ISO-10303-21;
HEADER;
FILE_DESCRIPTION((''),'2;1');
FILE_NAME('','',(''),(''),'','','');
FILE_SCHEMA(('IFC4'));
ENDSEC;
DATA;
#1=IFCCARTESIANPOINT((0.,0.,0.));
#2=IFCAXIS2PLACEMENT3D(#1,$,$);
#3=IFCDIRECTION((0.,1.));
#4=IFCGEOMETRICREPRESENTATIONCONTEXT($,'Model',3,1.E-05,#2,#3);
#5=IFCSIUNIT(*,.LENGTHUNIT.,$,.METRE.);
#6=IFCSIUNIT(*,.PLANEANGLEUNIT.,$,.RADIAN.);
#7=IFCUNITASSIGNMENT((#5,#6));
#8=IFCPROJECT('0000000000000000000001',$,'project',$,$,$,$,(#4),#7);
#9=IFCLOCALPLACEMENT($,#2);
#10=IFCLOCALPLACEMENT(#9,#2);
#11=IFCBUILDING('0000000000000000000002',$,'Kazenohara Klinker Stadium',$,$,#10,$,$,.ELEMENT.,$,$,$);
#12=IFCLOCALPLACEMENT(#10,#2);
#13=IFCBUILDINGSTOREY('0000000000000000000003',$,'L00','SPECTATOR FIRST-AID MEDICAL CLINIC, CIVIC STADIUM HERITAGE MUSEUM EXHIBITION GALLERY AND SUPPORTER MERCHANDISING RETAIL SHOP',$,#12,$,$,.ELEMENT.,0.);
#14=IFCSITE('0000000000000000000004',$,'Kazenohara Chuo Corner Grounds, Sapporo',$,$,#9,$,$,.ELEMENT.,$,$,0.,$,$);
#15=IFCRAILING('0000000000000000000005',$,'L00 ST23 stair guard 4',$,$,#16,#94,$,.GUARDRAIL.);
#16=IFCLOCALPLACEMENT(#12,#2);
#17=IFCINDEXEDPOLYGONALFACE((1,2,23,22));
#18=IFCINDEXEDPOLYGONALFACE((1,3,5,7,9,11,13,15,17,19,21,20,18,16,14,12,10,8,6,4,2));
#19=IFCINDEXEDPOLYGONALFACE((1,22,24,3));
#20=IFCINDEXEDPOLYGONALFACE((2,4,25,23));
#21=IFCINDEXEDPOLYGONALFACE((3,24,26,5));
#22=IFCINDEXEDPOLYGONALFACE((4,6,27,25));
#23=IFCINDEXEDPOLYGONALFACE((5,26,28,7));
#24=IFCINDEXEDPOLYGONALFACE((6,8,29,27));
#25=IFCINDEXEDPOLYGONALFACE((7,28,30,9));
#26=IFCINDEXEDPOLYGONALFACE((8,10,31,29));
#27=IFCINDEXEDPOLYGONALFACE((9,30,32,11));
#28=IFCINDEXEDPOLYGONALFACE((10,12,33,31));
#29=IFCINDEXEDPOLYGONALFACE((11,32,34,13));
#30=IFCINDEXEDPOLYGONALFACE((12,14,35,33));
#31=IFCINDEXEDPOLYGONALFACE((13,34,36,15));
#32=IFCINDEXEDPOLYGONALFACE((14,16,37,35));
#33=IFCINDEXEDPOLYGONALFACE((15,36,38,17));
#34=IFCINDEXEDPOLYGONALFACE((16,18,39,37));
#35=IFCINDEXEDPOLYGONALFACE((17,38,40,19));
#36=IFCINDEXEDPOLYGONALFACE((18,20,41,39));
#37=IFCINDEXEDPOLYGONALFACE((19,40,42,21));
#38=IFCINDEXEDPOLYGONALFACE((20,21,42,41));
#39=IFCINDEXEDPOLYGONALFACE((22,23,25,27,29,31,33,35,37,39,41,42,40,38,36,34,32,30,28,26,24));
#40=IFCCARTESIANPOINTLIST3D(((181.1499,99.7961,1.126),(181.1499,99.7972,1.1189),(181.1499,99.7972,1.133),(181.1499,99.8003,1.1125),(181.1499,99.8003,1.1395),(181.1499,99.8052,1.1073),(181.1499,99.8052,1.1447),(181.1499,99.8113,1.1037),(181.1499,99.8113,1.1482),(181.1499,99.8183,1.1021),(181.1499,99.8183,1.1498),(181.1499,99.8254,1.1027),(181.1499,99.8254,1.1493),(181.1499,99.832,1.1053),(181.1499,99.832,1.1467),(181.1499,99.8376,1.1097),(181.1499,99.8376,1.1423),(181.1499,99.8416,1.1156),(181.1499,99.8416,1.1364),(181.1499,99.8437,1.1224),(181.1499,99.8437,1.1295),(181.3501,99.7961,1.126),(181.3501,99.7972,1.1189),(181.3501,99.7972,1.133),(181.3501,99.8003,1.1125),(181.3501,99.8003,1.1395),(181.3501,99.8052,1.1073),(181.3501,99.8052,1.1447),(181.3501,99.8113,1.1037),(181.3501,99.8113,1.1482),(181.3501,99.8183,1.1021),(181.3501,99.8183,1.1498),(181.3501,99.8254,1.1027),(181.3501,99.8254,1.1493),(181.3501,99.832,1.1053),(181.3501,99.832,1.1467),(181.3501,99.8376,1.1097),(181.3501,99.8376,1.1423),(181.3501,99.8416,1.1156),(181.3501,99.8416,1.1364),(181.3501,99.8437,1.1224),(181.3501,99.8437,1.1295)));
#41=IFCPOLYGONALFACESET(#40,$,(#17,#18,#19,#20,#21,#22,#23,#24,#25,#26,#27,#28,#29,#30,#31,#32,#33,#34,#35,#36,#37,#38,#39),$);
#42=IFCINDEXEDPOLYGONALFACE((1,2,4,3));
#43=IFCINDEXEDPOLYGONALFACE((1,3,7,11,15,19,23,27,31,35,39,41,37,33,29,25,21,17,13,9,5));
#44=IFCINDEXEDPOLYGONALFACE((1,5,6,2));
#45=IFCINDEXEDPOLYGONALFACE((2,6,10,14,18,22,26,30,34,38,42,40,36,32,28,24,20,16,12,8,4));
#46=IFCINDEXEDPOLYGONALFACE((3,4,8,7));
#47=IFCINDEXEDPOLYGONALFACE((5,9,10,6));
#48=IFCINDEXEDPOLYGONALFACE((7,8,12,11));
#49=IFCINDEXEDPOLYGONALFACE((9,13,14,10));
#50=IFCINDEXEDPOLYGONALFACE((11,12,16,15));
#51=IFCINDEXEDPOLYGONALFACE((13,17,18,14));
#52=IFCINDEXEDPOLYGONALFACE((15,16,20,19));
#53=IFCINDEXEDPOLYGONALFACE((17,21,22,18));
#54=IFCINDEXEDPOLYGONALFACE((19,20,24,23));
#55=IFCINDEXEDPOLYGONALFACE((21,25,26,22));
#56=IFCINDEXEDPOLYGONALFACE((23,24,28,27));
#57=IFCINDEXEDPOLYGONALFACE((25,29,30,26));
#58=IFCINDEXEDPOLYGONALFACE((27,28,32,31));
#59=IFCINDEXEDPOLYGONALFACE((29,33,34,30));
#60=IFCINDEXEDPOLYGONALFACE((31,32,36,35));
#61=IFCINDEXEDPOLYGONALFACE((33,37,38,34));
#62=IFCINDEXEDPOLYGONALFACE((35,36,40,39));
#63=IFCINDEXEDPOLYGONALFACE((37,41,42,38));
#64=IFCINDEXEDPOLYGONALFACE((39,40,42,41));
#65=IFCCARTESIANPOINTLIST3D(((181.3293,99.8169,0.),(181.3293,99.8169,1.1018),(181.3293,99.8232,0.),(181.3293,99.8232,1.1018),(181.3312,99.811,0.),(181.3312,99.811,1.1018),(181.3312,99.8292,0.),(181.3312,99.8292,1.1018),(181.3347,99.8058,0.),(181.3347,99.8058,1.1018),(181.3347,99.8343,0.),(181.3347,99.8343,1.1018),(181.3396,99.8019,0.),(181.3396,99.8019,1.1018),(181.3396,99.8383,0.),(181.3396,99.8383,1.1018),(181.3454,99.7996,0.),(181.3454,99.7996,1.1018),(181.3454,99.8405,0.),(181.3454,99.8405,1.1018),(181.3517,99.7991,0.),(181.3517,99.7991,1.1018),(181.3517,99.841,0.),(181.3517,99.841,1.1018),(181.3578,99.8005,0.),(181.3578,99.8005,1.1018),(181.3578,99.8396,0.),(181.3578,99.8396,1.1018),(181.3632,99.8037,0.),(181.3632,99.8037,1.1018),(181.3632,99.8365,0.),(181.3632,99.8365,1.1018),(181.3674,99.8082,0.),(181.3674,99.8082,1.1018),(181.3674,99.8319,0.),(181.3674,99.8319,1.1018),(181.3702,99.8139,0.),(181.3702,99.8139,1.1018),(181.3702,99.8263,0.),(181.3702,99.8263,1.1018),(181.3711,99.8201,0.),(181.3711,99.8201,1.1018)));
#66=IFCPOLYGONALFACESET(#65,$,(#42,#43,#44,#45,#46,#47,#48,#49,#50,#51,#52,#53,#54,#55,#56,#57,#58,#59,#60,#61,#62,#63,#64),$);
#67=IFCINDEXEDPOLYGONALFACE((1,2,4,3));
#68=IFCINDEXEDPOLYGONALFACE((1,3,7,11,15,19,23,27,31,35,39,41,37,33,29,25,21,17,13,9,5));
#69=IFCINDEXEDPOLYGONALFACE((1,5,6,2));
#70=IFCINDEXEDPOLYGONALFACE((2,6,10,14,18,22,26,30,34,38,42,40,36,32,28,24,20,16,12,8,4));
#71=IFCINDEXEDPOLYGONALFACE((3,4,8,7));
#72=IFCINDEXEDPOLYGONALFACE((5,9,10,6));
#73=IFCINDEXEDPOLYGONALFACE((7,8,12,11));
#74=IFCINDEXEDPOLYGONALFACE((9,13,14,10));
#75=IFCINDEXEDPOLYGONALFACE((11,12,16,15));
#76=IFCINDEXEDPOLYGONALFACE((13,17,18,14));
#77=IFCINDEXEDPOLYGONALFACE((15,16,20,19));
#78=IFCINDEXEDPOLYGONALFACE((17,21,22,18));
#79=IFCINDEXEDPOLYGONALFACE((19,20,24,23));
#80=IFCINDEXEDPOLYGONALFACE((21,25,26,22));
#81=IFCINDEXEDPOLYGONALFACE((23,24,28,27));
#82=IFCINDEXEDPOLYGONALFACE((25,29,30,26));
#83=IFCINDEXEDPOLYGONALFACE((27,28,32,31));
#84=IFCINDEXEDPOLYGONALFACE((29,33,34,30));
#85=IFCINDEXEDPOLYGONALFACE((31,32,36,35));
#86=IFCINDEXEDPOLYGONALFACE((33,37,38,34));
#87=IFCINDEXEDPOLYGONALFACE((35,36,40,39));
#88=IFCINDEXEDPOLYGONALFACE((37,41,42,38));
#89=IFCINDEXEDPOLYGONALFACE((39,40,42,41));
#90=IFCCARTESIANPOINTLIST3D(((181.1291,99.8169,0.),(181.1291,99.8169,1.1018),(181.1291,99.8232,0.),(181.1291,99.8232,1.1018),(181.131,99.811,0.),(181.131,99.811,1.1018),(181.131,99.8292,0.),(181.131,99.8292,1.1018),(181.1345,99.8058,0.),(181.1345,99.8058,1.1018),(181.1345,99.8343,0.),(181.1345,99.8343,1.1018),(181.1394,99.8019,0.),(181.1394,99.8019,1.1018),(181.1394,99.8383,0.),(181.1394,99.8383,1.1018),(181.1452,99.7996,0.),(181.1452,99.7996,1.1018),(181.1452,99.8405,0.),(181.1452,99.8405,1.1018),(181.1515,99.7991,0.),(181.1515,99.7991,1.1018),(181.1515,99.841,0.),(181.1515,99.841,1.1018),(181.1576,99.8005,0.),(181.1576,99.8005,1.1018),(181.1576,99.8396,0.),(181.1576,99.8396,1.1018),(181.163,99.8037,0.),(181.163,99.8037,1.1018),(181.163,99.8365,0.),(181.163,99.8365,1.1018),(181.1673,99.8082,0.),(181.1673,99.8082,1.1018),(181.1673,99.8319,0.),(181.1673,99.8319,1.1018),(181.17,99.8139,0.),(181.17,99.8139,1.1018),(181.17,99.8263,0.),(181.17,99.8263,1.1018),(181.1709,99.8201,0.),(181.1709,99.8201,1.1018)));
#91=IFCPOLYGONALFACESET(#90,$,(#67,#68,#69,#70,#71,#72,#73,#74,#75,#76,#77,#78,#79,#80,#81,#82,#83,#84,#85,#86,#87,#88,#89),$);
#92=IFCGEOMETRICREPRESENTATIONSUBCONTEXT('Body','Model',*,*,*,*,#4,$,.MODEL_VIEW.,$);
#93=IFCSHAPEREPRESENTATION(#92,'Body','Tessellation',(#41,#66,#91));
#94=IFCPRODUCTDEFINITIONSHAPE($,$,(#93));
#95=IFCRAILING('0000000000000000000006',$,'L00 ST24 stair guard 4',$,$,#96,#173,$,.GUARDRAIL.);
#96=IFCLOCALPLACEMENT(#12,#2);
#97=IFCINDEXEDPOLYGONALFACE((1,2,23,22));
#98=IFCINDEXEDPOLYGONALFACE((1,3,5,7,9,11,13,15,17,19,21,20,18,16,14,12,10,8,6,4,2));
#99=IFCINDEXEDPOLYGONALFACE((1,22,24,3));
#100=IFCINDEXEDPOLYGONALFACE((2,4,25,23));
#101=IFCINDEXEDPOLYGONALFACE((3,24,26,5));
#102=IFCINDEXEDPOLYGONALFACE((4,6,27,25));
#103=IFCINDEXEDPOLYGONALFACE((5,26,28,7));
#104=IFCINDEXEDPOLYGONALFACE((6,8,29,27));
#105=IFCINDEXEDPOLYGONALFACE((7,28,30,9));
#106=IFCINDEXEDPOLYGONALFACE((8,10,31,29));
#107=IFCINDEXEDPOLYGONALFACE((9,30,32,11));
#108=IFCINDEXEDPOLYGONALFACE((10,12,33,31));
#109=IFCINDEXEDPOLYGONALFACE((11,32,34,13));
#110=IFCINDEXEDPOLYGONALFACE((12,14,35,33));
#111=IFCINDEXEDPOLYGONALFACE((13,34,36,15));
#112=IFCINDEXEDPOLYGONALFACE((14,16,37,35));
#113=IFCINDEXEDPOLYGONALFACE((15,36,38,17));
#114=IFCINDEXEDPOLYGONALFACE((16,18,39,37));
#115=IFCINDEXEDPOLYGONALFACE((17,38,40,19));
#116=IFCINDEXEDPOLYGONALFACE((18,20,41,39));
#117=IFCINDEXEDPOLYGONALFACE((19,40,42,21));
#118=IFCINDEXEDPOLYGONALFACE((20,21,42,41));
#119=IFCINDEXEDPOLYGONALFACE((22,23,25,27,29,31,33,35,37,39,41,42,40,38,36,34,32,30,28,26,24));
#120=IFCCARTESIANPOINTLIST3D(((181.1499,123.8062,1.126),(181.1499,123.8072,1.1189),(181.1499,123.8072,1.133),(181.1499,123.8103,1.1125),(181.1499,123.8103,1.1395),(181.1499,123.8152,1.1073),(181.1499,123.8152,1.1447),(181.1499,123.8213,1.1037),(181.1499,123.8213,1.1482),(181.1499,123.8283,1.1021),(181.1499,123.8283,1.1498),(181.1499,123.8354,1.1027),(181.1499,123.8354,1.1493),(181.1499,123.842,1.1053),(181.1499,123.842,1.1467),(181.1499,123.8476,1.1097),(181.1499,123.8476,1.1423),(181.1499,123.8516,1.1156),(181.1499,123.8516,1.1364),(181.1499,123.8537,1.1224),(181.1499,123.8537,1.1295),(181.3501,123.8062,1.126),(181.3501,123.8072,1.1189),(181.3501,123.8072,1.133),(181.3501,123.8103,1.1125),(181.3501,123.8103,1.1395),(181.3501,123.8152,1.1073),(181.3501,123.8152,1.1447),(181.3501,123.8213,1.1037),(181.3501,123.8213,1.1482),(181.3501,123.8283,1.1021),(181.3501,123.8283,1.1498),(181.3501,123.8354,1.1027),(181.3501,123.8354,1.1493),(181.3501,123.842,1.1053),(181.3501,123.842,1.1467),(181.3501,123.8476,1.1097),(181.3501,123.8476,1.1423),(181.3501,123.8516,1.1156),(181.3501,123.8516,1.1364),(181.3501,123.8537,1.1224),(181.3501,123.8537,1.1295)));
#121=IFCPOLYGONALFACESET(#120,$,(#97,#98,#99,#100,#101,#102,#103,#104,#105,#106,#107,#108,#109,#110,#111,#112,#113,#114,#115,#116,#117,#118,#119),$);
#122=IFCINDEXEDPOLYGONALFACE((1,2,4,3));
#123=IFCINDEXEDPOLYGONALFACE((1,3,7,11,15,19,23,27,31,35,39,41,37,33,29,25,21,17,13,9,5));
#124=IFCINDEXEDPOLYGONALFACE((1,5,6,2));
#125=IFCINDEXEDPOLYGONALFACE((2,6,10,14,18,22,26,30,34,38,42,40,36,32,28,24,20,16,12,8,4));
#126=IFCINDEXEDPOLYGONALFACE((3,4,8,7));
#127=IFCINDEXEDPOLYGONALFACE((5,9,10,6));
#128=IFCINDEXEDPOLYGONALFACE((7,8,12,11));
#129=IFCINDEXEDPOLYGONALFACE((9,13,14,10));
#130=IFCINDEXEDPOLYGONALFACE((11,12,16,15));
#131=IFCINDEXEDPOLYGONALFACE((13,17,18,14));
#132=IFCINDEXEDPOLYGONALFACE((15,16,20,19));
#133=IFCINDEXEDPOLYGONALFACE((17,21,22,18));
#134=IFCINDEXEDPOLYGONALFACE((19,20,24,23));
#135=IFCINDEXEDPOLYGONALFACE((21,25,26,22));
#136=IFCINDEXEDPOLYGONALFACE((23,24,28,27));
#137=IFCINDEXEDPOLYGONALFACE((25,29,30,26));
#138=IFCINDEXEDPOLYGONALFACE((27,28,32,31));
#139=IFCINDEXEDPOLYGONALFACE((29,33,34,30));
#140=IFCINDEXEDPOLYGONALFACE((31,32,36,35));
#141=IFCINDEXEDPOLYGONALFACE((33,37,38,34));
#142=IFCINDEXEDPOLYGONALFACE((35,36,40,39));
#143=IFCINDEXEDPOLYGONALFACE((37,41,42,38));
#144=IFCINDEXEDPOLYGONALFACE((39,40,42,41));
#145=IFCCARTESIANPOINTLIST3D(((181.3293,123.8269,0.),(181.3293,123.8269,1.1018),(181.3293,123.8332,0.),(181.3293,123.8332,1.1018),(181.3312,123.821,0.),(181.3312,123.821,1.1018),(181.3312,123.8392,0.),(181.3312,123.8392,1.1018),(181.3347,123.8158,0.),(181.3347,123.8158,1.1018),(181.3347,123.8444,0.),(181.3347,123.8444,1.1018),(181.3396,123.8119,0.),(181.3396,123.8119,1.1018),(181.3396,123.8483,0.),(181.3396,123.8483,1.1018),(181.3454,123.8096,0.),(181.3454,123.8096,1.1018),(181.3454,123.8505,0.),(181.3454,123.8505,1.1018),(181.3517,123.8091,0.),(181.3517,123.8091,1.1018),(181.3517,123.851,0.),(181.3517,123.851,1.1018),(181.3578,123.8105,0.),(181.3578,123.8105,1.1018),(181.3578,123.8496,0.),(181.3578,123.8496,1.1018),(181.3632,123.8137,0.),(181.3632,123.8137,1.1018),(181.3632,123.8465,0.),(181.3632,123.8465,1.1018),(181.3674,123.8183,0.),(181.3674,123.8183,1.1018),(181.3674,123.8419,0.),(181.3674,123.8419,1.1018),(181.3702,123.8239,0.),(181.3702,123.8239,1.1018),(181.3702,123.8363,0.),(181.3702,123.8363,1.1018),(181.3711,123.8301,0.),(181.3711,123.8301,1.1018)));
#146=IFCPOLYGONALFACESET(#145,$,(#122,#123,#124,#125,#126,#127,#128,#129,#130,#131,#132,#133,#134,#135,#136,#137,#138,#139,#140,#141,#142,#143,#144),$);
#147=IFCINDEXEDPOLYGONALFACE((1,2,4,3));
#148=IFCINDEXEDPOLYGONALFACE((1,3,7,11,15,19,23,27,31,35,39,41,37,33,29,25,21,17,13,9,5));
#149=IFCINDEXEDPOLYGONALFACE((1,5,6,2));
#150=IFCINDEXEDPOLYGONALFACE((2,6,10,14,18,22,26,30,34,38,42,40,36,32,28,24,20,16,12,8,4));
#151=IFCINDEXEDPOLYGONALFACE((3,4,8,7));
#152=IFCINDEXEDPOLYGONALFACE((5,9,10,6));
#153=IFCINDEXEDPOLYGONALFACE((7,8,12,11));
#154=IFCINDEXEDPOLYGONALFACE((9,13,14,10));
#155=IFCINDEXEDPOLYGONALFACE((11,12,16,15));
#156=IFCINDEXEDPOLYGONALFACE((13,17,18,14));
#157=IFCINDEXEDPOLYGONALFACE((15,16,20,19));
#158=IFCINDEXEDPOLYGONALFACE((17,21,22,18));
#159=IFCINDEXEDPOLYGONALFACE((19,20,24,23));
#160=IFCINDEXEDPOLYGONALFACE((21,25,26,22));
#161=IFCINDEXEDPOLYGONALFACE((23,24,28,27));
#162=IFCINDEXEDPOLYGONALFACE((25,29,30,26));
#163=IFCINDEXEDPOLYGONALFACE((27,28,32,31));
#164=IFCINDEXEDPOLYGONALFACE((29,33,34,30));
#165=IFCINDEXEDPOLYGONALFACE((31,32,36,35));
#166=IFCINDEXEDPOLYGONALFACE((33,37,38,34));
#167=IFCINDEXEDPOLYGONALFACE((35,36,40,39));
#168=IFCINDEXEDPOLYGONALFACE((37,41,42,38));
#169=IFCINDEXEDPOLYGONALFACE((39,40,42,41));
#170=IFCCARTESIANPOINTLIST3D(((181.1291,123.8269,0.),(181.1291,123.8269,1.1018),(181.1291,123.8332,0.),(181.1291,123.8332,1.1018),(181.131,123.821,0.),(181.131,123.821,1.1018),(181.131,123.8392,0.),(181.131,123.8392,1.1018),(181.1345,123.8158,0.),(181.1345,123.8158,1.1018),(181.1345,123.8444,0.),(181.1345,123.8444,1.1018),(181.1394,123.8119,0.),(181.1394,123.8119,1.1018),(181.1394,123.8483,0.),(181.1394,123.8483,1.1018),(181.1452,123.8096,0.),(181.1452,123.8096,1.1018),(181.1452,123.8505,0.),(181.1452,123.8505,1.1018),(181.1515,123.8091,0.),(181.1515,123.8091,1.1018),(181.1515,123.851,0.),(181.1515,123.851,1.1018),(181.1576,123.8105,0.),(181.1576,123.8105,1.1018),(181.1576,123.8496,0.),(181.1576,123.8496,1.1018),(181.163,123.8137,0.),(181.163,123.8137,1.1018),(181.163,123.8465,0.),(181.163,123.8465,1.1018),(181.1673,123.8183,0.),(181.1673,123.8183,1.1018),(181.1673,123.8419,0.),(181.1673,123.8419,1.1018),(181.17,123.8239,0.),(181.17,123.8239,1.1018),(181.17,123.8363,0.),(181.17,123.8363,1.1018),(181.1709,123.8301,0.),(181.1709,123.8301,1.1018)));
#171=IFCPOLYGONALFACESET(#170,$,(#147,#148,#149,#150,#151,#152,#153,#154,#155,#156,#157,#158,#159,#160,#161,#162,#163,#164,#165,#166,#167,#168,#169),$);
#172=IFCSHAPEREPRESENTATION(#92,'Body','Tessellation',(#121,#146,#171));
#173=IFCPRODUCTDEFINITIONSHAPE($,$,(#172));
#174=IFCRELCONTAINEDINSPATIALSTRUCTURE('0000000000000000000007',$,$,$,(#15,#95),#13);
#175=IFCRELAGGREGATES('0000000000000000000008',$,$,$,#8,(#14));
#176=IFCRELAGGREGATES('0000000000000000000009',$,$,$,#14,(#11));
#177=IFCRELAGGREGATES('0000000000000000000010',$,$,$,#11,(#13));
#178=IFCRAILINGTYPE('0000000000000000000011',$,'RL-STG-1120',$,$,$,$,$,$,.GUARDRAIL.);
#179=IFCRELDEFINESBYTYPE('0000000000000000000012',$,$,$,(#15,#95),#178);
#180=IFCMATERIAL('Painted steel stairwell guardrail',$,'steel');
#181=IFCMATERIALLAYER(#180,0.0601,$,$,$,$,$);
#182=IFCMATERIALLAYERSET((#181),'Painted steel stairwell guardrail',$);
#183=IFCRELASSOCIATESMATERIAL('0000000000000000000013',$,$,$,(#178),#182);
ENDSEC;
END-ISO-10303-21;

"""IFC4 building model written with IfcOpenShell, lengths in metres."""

from ifc_helpers import new_model, si_unit, direction, frame, origin, origin_2d, place, context, subcontext, project, spatial, circle, extrude, material, layer, layer_set, type_object, element, save


model = new_model("IFC4")

# Units and contexts
model_context = context("Model", 3, precision=1e-05, world=origin(), true_north=direction((0.0, 1.0)))
body_context = subcontext(model_context, "Body", "Model", "MODEL_VIEW")
ifc_project = project(units=[si_unit("LENGTHUNIT", "METRE"), si_unit("PLANEANGLEUNIT", "RADIAN")], contexts=[model_context])

# Site, building, storey
site_placement = place(None, origin())
site = spatial("IfcSite", under=ifc_project, at=site_placement, Name="Kazenohara Chuo Corner Grounds, Sapporo", CompositionType="ELEMENT", RefElevation=0.0)
building_placement = place(site_placement, origin())
building = spatial("IfcBuilding", under=site, at=building_placement, Name="Kazenohara Klinker Stadium", CompositionType="ELEMENT")
storey_placement = place(building_placement, origin())
storey = spatial("IfcBuildingStorey", under=building, at=storey_placement, Name="L00", Description="SPECTATOR FIRST-AID MEDICAL CLINIC, CIVIC STADIUM HERITAGE MUSEUM EXHIBITION GALLERY AND SUPPORTER MERCHANDISING RETAIL SHOP", CompositionType="ELEMENT", Elevation=0.0)

# Railings
ifc_material_1 = material(Name="Painted steel stairwell guardrail", Category="steel")
ifc_layer_1 = layer(ifc_material_1, 0.0601)
ifc_layer_set_1 = layer_set([ifc_layer_1], Name="Painted steel stairwell guardrail")
railing_type_1 = type_object("IfcRailingType", Name="RL-STG-1120", PredefinedType="GUARDRAIL", material=ifc_layer_set_1)
for number, where, name in (
    (1, (181.3501, 99.8201, 0.0), "L00 ST23 stair guard 4"),
    (2, (181.3501, 123.8301, 0.0), "L00 ST24 stair guard 4"),
):
    element("IfcRailing", number, at=place(storey_placement, frame(where)), inside=storey, type_object=railing_type_1, Name=name, PredefinedType="GUARDRAIL", context=body_context, shape_type="SweptSolid", body=[
        extrude(circle(Radius=0.0239, at=origin_2d()), frame((0.0, 0.0, 1.126), z_axis=(-1.0, 0.0, 0.0), x_axis=(0.0, -1.0, 0.0)), (0.0, 0.0, 1.0), 0.2002),
        extrude(circle(Radius=0.021, at=origin_2d()), origin(), (0.0, 0.0, 1.0), 1.1018),
        extrude(circle(Radius=0.021, at=origin_2d()), frame((-0.2002, 0.0, 0.0)), (0.0, 0.0, 1.0), 1.1018),
    ])

save(model, "model.ifc")
